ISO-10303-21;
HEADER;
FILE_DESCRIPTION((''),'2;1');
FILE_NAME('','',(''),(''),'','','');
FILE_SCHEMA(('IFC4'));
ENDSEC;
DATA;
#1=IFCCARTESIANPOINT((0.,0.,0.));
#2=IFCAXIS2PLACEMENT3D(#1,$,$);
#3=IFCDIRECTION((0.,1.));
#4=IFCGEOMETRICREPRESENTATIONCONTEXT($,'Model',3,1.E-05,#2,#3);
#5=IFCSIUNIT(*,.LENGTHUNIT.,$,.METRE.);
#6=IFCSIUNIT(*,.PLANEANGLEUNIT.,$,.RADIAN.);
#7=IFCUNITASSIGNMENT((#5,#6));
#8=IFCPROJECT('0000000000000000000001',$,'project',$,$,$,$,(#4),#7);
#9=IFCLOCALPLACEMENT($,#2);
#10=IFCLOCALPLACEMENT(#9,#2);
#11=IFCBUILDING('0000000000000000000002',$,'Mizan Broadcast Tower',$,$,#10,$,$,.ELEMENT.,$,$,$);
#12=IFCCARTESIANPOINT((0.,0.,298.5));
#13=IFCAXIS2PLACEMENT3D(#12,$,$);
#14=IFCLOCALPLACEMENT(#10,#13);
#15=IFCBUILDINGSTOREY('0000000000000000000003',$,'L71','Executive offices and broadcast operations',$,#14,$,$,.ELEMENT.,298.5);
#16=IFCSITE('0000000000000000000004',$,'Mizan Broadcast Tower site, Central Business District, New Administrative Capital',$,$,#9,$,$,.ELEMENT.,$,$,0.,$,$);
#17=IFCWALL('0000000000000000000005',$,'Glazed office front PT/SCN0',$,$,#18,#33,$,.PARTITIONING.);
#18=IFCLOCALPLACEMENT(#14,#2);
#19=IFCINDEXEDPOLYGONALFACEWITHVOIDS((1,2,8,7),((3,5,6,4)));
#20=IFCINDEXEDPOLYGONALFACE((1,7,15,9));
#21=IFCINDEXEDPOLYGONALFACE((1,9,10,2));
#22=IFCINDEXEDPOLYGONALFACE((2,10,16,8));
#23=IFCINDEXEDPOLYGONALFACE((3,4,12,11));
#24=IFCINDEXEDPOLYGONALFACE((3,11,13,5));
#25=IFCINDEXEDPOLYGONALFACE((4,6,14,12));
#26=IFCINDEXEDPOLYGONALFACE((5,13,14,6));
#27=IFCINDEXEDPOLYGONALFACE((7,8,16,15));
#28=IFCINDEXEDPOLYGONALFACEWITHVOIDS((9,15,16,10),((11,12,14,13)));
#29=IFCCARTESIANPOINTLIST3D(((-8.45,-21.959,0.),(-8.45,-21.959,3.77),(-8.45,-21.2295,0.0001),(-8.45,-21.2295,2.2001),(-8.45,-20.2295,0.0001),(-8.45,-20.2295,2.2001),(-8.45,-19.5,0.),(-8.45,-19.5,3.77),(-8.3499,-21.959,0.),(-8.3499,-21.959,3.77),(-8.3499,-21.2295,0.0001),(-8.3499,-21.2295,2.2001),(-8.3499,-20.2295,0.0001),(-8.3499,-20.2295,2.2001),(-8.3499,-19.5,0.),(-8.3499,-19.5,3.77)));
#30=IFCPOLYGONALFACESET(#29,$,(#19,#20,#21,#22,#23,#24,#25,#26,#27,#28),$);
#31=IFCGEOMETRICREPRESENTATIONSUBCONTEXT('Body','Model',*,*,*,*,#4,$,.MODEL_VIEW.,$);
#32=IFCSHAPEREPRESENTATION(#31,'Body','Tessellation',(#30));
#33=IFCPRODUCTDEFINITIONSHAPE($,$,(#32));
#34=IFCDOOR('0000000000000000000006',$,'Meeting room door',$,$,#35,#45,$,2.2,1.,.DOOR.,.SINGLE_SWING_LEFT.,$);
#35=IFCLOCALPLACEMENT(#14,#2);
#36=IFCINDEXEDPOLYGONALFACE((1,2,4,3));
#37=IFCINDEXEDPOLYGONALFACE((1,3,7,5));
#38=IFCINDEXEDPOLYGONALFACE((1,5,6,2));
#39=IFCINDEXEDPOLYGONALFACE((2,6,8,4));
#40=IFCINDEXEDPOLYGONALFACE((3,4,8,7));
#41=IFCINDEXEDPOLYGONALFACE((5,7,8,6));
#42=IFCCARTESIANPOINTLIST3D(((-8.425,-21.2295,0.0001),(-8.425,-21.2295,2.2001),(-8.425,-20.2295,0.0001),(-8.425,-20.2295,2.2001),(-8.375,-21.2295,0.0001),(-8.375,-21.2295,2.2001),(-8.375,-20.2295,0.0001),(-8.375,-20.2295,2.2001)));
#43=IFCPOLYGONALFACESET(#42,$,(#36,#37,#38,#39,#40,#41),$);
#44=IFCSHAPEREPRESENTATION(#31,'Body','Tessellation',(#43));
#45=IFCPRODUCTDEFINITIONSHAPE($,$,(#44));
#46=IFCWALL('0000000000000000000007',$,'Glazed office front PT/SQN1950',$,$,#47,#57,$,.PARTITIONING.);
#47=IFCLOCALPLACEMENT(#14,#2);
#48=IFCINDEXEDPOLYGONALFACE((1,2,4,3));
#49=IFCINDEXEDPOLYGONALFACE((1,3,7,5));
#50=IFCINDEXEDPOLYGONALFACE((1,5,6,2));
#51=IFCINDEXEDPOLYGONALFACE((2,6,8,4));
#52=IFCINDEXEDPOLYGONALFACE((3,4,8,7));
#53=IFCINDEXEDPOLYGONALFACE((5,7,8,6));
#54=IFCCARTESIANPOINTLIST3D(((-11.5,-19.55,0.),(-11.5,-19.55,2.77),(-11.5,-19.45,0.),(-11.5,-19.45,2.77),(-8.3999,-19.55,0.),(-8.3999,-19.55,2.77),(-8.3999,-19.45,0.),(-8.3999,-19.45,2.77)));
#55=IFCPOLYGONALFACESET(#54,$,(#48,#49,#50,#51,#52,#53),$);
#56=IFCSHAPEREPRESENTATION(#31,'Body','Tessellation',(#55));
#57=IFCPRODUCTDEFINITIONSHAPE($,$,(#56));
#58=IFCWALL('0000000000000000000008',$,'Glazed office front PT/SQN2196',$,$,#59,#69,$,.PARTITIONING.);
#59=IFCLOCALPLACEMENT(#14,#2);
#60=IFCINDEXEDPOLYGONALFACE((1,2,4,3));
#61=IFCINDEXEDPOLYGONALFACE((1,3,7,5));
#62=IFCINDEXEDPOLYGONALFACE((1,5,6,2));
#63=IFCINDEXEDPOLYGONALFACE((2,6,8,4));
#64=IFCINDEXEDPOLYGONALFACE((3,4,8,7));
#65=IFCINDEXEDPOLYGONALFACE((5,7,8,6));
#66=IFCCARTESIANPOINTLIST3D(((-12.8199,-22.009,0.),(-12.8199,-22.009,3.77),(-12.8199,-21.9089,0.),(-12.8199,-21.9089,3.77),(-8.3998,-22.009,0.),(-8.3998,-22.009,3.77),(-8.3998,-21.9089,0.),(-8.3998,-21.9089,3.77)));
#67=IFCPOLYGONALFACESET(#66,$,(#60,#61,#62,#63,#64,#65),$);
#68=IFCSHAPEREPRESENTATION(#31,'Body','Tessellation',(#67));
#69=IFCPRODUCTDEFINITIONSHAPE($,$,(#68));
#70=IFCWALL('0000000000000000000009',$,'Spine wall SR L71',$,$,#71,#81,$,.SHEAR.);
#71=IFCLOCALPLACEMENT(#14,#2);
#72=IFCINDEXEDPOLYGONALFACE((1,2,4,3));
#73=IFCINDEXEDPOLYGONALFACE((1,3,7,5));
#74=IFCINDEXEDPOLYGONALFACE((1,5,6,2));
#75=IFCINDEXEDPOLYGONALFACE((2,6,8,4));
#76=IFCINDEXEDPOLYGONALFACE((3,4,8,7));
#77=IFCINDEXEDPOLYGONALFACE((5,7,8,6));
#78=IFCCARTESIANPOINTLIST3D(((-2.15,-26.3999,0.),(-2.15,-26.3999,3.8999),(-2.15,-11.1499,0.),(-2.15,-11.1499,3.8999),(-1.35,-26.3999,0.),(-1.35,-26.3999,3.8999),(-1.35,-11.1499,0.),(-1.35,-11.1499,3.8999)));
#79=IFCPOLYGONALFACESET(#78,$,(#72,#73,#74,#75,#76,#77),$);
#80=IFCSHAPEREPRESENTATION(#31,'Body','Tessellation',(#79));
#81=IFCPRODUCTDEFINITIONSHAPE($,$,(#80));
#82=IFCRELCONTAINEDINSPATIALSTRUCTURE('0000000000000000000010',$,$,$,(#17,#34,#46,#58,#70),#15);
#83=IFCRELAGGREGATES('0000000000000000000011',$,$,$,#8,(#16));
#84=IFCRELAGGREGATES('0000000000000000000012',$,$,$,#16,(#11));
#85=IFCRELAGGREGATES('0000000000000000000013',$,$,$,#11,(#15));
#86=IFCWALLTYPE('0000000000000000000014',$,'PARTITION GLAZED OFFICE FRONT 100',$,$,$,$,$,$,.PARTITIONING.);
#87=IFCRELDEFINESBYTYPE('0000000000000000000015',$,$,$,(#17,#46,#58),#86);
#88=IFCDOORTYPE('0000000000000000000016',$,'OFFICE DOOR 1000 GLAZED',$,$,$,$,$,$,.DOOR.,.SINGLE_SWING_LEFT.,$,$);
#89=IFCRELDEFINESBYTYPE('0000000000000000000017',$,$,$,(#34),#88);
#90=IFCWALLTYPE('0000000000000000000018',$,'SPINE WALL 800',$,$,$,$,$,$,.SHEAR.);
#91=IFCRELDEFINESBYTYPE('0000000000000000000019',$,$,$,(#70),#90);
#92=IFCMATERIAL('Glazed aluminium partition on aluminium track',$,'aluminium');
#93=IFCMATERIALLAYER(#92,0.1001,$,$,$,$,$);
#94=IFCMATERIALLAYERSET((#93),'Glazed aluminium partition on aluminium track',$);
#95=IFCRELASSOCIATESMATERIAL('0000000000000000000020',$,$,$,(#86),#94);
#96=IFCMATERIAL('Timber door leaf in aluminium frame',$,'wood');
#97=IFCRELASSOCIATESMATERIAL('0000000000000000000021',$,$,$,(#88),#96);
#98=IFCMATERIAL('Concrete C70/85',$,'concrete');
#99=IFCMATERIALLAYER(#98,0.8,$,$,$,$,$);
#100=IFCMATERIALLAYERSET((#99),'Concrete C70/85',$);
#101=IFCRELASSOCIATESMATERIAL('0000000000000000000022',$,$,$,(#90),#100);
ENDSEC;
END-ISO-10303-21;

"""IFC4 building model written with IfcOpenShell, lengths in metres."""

from ifc_helpers import new_model, si_unit, direction, frame, frame_2d, origin, place, context, subcontext, project, spatial, rectangle, extrude, material, layer, layer_set, type_object, element, fill, save


model = new_model("IFC4")

# Units and contexts
model_context = context("Model", 3, precision=1e-05, world=origin(), true_north=direction((0.0, 1.0)))
body_context = subcontext(model_context, "Body", "Model", "MODEL_VIEW")
ifc_project = project(units=[si_unit("LENGTHUNIT", "METRE"), si_unit("PLANEANGLEUNIT", "RADIAN")], contexts=[model_context])

# Site, building, storey
site_placement = place(None, origin())
site = spatial("IfcSite", under=ifc_project, at=site_placement, Name="Mizan Broadcast Tower site, Central Business District, New Administrative Capital", CompositionType="ELEMENT", RefElevation=0.0)
building_placement = place(site_placement, origin())
building = spatial("IfcBuilding", under=site, at=building_placement, Name="Mizan Broadcast Tower", CompositionType="ELEMENT")
storey_placement = place(building_placement, frame((0.0, 0.0, 298.5)))
storey = spatial("IfcBuildingStorey", under=building, at=storey_placement, Name="L71", Description="Executive offices and broadcast operations", CompositionType="ELEMENT", Elevation=298.5)

# Wall, opening, door
ifc_material_1 = material(Name="Glazed aluminium partition on aluminium track", Category="aluminium")
ifc_layer_1 = layer(ifc_material_1, 0.1001)
ifc_layer_set_1 = layer_set([ifc_layer_1], Name="Glazed aluminium partition on aluminium track")
wall_type_1 = type_object("IfcWallType", Name="PARTITION GLAZED OFFICE FRONT 100", PredefinedType="PARTITIONING", material=ifc_layer_set_1)
wall_1_placement = place(storey_placement, frame((-8.3999, -19.5, 0.0), z_axis=(0.0, 0.0, 1.0), x_axis=(0.0, -1.0, 0.0)))
wall_1 = element("IfcWall", 1, at=wall_1_placement, inside=storey, type_object=wall_type_1, Name="Glazed office front PT/SCN0", PredefinedType="PARTITIONING", context=body_context, shape_type="SweptSolid", body=[
    extrude(rectangle(XDim=2.459, YDim=0.1001, at=frame_2d((1.2295, 0.0))), origin(), (0.0, 0.0, 1.0), 3.77),
])
opening_1_placement = place(wall_1_placement, frame((0.7295, 0.0, 0.0)))
opening_1 = element("IfcOpeningElement", 2, at=opening_1_placement, cuts=wall_1, PredefinedType="OPENING", context=body_context, shape_type="SweptSolid", body=[
    extrude(rectangle(XDim=1.0, YDim=2.2, at=frame_2d((0.5, 1.1001))), frame((0.0, 0.0601, 0.0), z_axis=(0.0, -1.0, 0.0), x_axis=(1.0, 0.0, 0.0)), (0.0, 0.0, 1.0), 0.1201),
])
ifc_material_2 = material(Name="Timber door leaf in aluminium frame", Category="wood")
door_type_1 = type_object("IfcDoorType", Name="OFFICE DOOR 1000 GLAZED", OperationType="SINGLE_SWING_LEFT", PredefinedType="DOOR", material=ifc_material_2)
door_1_placement = place(opening_1_placement, origin())
door_1 = element("IfcDoor", 3, at=door_1_placement, inside=storey, type_object=door_type_1, Name="Meeting room door", OperationType="SINGLE_SWING_LEFT", OverallHeight=2.2, OverallWidth=1.0, PredefinedType="DOOR", context=body_context, shape_type="SweptSolid", body=[
    extrude(rectangle(XDim=1.0, YDim=2.2, at=frame_2d((0.5, 1.1001))), frame((0.0, 0.0249, 0.0), z_axis=(0.0, -1.0, 0.0), x_axis=(1.0, 0.0, 0.0)), (0.0, 0.0, 1.0), 0.05),
])
fill(opening_1, door_1)

# Walls
wall_2_placement = place(storey_placement, frame((-8.3999, -19.5, 0.0), z_axis=(0.0, 0.0, 1.0), x_axis=(-1.0, 0.0, 0.0)))
element("IfcWall", 4, at=wall_2_placement, inside=storey, type_object=wall_type_1, Name="Glazed office front PT/SQN1950", PredefinedType="PARTITIONING", context=body_context, shape_type="SweptSolid", body=[
    extrude(rectangle(XDim=3.1001, YDim=0.1001, at=frame_2d((1.55, 0.0))), origin(), (0.0, 0.0, 1.0), 2.77),
])
wall_3_placement = place(storey_placement, frame((-8.3999, -21.959, 0.0), z_axis=(0.0, 0.0, 1.0), x_axis=(-1.0, 0.0, 0.0)))
element("IfcWall", 5, at=wall_3_placement, inside=storey, type_object=wall_type_1, Name="Glazed office front PT/SQN2196", PredefinedType="PARTITIONING", context=body_context, shape_type="SweptSolid", body=[
    extrude(rectangle(XDim=4.4202, YDim=0.1001, at=frame_2d((2.21, 0.0))), origin(), (0.0, 0.0, 1.0), 3.77),
])
ifc_material_3 = material(Name="Concrete C70/85", Category="concrete")
ifc_layer_2 = layer(ifc_material_3, 0.8)
ifc_layer_set_2 = layer_set([ifc_layer_2], Name="Concrete C70/85")
wall_type_2 = type_object("IfcWallType", Name="SPINE WALL 800", PredefinedType="SHEAR", material=ifc_layer_set_2)
wall_4_placement = place(storey_placement, frame((-1.75, -11.1499, 0.0), z_axis=(0.0, 0.0, 1.0), x_axis=(0.0, -1.0, 0.0)))
element("IfcWall", 6, at=wall_4_placement, inside=storey, type_object=wall_type_2, Name="Spine wall SR L71", PredefinedType="SHEAR", context=body_context, shape_type="SweptSolid", body=[
    extrude(rectangle(XDim=15.25, YDim=0.8, at=frame_2d((7.625, 0.0))), origin(), (0.0, 0.0, 1.0), 3.8999),
])

save(model, "model.ifc")
